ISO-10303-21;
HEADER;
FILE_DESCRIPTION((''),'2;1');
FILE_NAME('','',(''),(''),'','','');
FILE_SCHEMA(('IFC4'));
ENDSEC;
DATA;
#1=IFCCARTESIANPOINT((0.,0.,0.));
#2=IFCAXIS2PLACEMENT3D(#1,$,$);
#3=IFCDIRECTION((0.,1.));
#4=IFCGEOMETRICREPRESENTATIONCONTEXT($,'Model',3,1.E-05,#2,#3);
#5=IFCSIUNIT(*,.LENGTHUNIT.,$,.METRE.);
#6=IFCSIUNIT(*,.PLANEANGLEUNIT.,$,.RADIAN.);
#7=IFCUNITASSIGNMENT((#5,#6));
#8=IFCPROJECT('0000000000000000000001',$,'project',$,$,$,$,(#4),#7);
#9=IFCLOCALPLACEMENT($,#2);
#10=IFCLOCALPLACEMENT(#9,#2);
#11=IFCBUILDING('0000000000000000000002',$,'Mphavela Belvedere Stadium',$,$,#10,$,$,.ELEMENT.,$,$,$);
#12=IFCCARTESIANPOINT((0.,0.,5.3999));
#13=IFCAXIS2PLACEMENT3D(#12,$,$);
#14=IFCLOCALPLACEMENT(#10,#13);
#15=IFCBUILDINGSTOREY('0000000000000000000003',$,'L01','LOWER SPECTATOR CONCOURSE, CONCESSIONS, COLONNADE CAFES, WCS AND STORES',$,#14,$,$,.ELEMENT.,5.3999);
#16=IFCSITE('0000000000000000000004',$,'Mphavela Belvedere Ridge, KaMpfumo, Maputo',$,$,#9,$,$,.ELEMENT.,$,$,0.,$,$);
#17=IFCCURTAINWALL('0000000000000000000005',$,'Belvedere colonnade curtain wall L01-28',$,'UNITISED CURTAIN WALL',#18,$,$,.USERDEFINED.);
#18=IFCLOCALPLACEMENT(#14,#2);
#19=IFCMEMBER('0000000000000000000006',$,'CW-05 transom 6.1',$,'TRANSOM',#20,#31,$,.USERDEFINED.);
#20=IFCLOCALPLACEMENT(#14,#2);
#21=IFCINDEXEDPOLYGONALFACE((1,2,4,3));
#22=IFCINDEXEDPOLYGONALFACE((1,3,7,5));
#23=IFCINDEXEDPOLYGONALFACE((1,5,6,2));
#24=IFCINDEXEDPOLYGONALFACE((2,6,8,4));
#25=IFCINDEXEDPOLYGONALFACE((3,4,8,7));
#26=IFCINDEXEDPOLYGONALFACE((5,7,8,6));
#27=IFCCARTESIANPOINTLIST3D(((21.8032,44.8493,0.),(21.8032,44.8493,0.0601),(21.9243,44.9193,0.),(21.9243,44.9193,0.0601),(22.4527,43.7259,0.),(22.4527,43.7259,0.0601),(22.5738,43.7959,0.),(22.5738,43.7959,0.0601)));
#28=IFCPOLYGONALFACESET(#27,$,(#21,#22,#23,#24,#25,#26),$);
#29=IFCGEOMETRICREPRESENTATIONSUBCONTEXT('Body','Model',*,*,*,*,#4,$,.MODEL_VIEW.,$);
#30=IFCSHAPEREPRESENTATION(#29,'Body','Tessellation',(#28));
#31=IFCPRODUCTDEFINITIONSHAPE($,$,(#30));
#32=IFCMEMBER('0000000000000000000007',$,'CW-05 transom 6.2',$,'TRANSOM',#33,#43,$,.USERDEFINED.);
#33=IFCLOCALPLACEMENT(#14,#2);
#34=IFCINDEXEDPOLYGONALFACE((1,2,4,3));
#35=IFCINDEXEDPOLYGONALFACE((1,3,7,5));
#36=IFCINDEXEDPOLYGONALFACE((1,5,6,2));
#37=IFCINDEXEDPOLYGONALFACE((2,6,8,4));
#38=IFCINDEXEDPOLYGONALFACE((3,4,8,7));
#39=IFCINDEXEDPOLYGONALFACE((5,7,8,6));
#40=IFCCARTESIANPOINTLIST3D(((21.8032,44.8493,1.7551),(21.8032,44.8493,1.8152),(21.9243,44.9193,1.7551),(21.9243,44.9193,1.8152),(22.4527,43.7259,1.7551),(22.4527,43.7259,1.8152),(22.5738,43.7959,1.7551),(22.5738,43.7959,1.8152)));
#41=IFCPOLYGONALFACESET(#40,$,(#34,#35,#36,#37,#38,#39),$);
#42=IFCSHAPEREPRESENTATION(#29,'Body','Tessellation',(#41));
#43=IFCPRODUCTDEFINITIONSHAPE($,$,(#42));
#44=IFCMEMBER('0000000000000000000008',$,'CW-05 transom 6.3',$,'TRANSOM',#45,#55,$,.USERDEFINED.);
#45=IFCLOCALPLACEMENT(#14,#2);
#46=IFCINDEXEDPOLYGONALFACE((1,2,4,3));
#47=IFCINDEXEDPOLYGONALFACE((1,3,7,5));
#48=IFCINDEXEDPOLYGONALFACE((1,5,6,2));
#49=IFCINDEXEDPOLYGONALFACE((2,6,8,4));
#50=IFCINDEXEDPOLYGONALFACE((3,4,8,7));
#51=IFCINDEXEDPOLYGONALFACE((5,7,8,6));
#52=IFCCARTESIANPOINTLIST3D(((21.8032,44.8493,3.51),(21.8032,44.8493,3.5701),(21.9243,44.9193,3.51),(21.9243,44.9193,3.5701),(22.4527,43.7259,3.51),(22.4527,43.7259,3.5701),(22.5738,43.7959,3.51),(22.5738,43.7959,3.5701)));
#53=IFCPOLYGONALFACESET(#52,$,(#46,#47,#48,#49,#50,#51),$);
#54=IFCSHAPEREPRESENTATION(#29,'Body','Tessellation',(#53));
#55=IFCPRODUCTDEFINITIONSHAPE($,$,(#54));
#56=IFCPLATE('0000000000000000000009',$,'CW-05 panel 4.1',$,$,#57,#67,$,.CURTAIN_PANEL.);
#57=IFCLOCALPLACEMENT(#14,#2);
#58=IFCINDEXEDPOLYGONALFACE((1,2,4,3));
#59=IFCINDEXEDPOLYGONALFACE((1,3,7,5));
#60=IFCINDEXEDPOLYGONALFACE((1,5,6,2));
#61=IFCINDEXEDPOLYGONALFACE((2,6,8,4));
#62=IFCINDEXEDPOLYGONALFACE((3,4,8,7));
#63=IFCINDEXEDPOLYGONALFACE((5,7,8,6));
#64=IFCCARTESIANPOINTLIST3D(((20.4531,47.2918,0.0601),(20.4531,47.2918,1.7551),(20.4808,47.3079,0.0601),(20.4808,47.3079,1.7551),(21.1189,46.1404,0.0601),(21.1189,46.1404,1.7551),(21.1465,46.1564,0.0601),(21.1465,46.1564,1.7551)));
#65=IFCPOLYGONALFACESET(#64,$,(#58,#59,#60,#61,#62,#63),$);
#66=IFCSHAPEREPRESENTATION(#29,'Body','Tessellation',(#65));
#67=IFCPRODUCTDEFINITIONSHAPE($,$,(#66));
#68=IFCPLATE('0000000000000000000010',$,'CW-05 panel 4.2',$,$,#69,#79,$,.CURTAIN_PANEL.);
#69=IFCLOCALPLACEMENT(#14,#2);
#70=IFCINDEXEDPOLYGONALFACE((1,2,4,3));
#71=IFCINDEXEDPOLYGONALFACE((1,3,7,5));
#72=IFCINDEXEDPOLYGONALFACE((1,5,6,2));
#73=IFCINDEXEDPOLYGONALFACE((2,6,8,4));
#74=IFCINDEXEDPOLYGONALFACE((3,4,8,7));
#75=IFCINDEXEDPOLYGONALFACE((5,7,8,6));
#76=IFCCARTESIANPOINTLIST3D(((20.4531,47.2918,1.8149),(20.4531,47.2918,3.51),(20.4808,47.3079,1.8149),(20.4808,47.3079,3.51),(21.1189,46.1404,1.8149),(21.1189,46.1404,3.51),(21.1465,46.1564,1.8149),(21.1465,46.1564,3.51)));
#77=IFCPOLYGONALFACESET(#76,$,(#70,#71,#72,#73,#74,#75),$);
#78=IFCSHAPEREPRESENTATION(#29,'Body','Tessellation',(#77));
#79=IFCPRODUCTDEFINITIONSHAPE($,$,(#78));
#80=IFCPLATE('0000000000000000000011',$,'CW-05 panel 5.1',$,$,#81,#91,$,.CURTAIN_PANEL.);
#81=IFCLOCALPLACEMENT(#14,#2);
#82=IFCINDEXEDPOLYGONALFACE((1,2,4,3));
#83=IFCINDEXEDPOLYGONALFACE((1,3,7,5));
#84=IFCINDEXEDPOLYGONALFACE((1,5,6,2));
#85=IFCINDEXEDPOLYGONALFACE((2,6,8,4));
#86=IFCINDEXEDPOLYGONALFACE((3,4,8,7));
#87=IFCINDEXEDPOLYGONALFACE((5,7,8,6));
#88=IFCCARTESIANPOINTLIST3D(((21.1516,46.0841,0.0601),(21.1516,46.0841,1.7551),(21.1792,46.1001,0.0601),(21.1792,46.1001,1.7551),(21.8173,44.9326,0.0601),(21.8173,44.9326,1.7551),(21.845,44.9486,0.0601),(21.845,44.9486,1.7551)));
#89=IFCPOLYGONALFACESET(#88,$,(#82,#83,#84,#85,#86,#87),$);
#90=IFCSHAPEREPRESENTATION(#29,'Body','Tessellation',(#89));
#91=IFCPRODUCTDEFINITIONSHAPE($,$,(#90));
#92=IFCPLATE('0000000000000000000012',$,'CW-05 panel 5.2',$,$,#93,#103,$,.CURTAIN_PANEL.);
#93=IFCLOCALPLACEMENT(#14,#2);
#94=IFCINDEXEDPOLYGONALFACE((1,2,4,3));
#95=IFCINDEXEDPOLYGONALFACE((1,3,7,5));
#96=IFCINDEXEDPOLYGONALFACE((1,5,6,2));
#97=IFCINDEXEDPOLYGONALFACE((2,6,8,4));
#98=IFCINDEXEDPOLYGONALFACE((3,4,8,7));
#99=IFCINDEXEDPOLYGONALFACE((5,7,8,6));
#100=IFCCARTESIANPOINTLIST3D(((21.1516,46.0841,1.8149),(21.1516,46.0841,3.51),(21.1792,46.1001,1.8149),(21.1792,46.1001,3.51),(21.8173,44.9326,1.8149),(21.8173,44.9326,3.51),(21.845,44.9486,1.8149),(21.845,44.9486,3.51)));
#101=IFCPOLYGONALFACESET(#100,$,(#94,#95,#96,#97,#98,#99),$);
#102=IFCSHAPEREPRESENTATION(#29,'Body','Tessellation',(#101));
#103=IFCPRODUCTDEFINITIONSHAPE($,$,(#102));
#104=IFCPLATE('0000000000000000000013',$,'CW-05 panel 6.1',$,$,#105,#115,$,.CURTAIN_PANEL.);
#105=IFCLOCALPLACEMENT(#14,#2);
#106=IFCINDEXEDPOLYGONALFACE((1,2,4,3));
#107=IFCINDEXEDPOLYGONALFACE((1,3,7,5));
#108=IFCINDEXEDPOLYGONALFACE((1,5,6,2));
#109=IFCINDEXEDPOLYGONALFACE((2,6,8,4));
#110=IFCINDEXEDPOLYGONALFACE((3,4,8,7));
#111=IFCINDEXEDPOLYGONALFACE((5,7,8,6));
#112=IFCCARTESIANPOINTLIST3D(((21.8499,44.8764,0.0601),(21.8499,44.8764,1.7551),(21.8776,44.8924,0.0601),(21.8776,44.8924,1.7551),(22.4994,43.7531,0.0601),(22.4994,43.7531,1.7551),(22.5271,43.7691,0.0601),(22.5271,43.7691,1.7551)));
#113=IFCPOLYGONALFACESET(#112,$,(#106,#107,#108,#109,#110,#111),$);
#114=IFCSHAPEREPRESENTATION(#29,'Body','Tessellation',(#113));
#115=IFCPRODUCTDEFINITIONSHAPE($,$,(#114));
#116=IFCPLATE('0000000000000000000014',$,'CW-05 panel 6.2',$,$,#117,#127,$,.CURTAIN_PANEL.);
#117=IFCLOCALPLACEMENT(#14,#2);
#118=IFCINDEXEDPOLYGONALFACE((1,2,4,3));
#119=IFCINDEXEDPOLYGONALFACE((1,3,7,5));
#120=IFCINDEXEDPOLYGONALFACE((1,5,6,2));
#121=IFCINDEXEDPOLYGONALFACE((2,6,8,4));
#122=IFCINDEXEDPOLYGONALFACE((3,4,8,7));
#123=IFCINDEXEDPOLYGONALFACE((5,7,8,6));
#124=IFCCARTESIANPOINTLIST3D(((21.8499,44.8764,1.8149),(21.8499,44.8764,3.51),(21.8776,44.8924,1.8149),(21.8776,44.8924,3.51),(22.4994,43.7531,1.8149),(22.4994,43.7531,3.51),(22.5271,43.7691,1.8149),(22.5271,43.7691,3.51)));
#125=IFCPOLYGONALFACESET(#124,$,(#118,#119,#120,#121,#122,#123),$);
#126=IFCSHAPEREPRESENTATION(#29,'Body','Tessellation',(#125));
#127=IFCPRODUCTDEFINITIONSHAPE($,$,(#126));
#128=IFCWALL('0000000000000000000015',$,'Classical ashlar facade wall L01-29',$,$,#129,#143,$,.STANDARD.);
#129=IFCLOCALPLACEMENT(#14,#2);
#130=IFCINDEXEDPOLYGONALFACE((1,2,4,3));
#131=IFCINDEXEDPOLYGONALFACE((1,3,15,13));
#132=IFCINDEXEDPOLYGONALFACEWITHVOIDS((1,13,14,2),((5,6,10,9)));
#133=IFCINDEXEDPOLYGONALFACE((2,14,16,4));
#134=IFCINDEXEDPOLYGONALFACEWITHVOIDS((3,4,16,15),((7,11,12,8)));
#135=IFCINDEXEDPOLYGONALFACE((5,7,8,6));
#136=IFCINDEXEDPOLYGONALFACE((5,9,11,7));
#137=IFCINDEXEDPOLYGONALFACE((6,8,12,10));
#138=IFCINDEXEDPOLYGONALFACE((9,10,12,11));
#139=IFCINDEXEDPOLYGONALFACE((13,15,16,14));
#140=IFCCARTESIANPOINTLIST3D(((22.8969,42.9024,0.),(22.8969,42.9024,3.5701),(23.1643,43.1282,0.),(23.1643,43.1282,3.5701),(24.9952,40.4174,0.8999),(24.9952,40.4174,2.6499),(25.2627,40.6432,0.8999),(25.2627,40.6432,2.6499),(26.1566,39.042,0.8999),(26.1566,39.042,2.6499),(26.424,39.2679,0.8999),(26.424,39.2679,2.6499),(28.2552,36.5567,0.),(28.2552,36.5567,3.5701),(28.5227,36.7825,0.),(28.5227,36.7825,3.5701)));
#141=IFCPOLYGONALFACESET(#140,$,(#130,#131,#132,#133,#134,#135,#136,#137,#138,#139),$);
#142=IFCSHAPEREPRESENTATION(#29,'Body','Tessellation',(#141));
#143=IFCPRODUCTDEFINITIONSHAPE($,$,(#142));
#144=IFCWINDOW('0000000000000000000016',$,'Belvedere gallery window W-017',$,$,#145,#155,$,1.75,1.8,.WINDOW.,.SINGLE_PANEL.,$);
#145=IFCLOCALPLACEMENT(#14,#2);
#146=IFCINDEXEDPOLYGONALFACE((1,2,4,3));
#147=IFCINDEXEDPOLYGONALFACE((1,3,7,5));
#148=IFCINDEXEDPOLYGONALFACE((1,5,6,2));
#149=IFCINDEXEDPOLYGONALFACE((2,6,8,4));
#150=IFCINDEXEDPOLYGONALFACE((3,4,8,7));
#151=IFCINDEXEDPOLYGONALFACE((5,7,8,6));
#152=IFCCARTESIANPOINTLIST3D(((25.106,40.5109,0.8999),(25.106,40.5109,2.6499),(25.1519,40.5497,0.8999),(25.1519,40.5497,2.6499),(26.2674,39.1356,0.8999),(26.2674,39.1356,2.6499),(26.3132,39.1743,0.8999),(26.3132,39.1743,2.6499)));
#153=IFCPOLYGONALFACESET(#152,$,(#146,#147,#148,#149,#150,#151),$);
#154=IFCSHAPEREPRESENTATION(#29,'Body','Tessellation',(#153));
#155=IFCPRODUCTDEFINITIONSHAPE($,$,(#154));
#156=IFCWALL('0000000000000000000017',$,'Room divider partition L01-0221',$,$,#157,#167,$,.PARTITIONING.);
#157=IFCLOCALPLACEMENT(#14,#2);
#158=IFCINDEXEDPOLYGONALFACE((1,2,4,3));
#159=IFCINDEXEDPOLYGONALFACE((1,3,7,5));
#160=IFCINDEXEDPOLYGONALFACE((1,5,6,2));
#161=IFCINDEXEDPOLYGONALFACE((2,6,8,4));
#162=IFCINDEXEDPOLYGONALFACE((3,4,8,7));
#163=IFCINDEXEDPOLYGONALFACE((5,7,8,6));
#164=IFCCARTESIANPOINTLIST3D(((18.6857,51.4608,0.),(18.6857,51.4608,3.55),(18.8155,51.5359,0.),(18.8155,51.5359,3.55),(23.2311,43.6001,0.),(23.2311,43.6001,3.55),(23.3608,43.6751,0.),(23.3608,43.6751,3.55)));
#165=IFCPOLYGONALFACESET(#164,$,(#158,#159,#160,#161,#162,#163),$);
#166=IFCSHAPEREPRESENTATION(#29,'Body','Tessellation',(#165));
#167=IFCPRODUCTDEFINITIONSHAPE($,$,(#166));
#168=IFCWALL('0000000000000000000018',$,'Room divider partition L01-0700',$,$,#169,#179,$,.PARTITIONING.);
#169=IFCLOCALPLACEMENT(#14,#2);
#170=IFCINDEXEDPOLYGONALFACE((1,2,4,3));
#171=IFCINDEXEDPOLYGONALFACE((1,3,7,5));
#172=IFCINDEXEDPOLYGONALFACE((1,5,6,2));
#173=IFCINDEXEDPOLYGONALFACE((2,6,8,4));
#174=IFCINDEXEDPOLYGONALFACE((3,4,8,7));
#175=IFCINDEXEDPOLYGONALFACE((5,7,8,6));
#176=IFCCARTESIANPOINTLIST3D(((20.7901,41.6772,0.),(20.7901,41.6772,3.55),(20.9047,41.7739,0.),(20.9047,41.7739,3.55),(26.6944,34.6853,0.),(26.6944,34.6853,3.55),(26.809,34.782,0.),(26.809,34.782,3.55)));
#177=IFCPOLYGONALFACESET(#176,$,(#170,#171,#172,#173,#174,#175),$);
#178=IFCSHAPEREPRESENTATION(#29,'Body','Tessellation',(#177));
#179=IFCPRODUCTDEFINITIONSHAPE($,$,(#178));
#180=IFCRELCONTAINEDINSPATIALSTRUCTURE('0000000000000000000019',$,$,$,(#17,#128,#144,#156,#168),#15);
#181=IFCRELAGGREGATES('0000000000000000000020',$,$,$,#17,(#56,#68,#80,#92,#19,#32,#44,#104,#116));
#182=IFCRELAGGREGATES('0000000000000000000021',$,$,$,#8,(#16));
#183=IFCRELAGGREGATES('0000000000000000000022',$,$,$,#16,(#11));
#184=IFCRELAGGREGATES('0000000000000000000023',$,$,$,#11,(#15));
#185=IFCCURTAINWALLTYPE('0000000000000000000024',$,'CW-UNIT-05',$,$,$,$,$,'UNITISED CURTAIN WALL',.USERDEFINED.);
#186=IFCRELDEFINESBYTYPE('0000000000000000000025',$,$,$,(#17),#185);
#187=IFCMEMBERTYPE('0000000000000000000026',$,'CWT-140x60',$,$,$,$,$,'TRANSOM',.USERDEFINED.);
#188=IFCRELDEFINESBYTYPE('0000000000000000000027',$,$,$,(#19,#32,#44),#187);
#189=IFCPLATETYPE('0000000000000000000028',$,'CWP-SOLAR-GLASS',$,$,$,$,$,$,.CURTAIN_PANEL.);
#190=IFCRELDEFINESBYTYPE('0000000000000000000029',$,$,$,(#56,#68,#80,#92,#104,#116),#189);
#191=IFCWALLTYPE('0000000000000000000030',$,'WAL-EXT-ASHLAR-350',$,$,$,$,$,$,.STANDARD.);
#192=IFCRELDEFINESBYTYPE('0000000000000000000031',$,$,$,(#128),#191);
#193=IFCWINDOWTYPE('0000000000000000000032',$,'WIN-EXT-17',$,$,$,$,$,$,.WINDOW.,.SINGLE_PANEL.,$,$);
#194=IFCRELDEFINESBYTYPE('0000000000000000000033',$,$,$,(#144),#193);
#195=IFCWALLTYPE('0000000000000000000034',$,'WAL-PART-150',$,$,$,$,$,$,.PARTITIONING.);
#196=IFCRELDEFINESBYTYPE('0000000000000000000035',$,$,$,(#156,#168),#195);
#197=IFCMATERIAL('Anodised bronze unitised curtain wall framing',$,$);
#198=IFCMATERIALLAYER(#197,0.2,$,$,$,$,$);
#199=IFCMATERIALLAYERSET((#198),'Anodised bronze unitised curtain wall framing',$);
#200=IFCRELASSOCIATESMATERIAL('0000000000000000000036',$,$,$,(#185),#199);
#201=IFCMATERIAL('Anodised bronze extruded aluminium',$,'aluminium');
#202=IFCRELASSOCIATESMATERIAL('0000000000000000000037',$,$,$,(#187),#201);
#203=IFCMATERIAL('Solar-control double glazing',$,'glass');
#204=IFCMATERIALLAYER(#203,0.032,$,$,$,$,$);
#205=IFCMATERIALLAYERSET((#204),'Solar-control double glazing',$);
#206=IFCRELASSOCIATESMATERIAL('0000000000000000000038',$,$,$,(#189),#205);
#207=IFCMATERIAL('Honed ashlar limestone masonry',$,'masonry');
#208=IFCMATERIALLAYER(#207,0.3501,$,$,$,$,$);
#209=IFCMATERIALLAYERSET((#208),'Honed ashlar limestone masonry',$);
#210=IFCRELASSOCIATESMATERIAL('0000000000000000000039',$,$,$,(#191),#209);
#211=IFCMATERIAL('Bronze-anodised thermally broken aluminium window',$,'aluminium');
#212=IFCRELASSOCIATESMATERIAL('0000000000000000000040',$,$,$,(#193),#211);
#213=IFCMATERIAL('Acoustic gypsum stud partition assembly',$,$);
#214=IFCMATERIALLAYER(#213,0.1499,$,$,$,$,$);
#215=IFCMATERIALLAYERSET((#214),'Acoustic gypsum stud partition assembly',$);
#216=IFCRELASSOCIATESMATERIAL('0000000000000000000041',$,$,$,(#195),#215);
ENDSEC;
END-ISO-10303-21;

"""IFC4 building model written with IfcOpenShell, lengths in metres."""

from ifc_helpers import new_model, si_unit, direction, frame, frame_2d, origin, origin_2d, place, context, subcontext, project, spatial, rectangle, extrude, material, layer, layer_set, material_profile, profile_set, type_object, element, fill, aggregate, save


model = new_model("IFC4")

# Units and contexts
model_context = context("Model", 3, precision=1e-05, world=origin(), true_north=direction((0.0, 1.0)))
body_context = subcontext(model_context, "Body", "Model", "MODEL_VIEW")
ifc_project = project(units=[si_unit("LENGTHUNIT", "METRE"), si_unit("PLANEANGLEUNIT", "RADIAN")], contexts=[model_context])

# Site, building, storey
site_placement = place(None, origin())
site = spatial("IfcSite", under=ifc_project, at=site_placement, Name="Mphavela Belvedere Ridge, KaMpfumo, Maputo", CompositionType="ELEMENT", RefElevation=0.0)
building_placement = place(site_placement, origin())
building = spatial("IfcBuilding", under=site, at=building_placement, Name="Mphavela Belvedere Stadium", CompositionType="ELEMENT")
storey_placement = place(building_placement, frame((0.0, 0.0, 5.3999)))
storey = spatial("IfcBuildingStorey", under=building, at=storey_placement, Name="L01", Description="LOWER SPECTATOR CONCOURSE, CONCESSIONS, COLONNADE CAFES, WCS AND STORES", CompositionType="ELEMENT", Elevation=5.3999)

# Curtain wall, members, plates
ifc_material_1 = material(Name="Anodised bronze unitised curtain wall framing")
ifc_layer_1 = layer(ifc_material_1, 0.2)
ifc_layer_set_1 = layer_set([ifc_layer_1], Name="Anodised bronze unitised curtain wall framing")
curtain_wall_type = type_object("IfcCurtainWallType", Name="CW-UNIT-05", ElementType="UNITISED CURTAIN WALL", PredefinedType="USERDEFINED", material=ifc_layer_set_1)
curtain_wall_placement = place(storey_placement, origin())
curtain_wall = element("IfcCurtainWall", 1, at=curtain_wall_placement, inside=storey, type_object=curtain_wall_type, Name="Belvedere colonnade curtain wall L01-28", ObjectType="UNITISED CURTAIN WALL", PredefinedType="USERDEFINED")
ifc_material_2 = material(Name="Anodised bronze extruded aluminium", Category="aluminium")
ifc_material_profile_1 = material_profile(ifc_material_2, rectangle(XDim=0.1399, YDim=0.0601, at=origin_2d()), Name="CW-TRN 140x60")
ifc_profile_set_1 = profile_set([ifc_material_profile_1], Name="Anodised bronze extruded aluminium")
member_type_1 = type_object("IfcMemberType", Name="CWT-140x60", ElementType="TRANSOM", PredefinedType="USERDEFINED", material=ifc_profile_set_1)
member_1_placement = place(storey_placement, frame((21.8638, 44.8843, 0.03), z_axis=(0.50051, -0.865731, 0.0), x_axis=(0.865731, 0.50051, 0.0)))
member_1 = element("IfcMember", 2, at=member_1_placement, type_object=member_type_1, Name="CW-05 transom 6.1", ObjectType="TRANSOM", PredefinedType="USERDEFINED", context=body_context, shape_type="SweptSolid", body=[
    extrude(rectangle(XDim=0.1399, YDim=0.0601, at=origin_2d()), origin(), (0.0, 0.0, 1.0), 1.2976),
])
member_2_placement = place(storey_placement, frame((21.8638, 44.8843, 1.7852), z_axis=(0.50051, -0.865731, 0.0), x_axis=(0.865731, 0.50051, 0.0)))
member_2 = element("IfcMember", 3, at=member_2_placement, type_object=member_type_1, Name="CW-05 transom 6.2", ObjectType="TRANSOM", PredefinedType="USERDEFINED", context=body_context, shape_type="SweptSolid", body=[
    extrude(rectangle(XDim=0.1399, YDim=0.0601, at=origin_2d()), origin(), (0.0, 0.0, 1.0), 1.2976),
])
member_3_placement = place(storey_placement, frame((21.8638, 44.8843, 3.54), z_axis=(0.50051, -0.865731, 0.0), x_axis=(0.865731, 0.50051, 0.0)))
member_3 = element("IfcMember", 4, at=member_3_placement, type_object=member_type_1, Name="CW-05 transom 6.3", ObjectType="TRANSOM", PredefinedType="USERDEFINED", context=body_context, shape_type="SweptSolid", body=[
    extrude(rectangle(XDim=0.1399, YDim=0.0601, at=origin_2d()), origin(), (0.0, 0.0, 1.0), 1.2976),
])
ifc_material_3 = material(Name="Solar-control double glazing", Category="glass")
ifc_layer_2 = layer(ifc_material_3, 0.032)
ifc_layer_set_2 = layer_set([ifc_layer_2], Name="Solar-control double glazing")
plate_type = type_object("IfcPlateType", Name="CWP-SOLAR-GLASS", PredefinedType="CURTAIN_PANEL", material=ifc_layer_set_2)
plate_1_placement = place(storey_placement, frame((20.7998, 46.7241, 0.0601), z_axis=(0.0, 0.0, 1.0), x_axis=(0.500561, -0.865702, 0.0)))
plate_1 = element("IfcPlate", 5, at=plate_1_placement, type_object=plate_type, Name="CW-05 panel 4.1", PredefinedType="CURTAIN_PANEL", context=body_context, shape_type="SweptSolid", body=[
    extrude(rectangle(XDim=1.3301, YDim=0.032, at=origin_2d()), origin(), (0.0, 0.0, 1.0), 1.6951),
])
plate_2_placement = place(storey_placement, frame((20.7998, 46.7241, 1.8149), z_axis=(0.0, 0.0, 1.0), x_axis=(0.500561, -0.865702, 0.0)))
plate_2 = element("IfcPlate", 6, at=plate_2_placement, type_object=plate_type, Name="CW-05 panel 4.2", PredefinedType="CURTAIN_PANEL", context=body_context, shape_type="SweptSolid", body=[
    extrude(rectangle(XDim=1.3301, YDim=0.032, at=origin_2d()), origin(), (0.0, 0.0, 1.0), 1.6951),
])
plate_3_placement = place(storey_placement, frame((21.4983, 45.5164, 0.0601), z_axis=(0.0, 0.0, 1.0), x_axis=(0.500561, -0.865702, 0.0)))
plate_3 = element("IfcPlate", 7, at=plate_3_placement, type_object=plate_type, Name="CW-05 panel 5.1", PredefinedType="CURTAIN_PANEL", context=body_context, shape_type="SweptSolid", body=[
    extrude(rectangle(XDim=1.3301, YDim=0.032, at=origin_2d()), origin(), (0.0, 0.0, 1.0), 1.6951),
])
plate_4_placement = place(storey_placement, frame((21.4983, 45.5164, 1.8149), z_axis=(0.0, 0.0, 1.0), x_axis=(0.500561, -0.865702, 0.0)))
plate_4 = element("IfcPlate", 8, at=plate_4_placement, type_object=plate_type, Name="CW-05 panel 5.2", PredefinedType="CURTAIN_PANEL", context=body_context, shape_type="SweptSolid", body=[
    extrude(rectangle(XDim=1.3301, YDim=0.032, at=origin_2d()), origin(), (0.0, 0.0, 1.0), 1.6951),
])
plate_5_placement = place(storey_placement, frame((22.1885, 44.3228, 0.0601), z_axis=(0.0, 0.0, 1.0), x_axis=(0.500561, -0.865702, 0.0)))
plate_5 = element("IfcPlate", 9, at=plate_5_placement, type_object=plate_type, Name="CW-05 panel 6.1", PredefinedType="CURTAIN_PANEL", context=body_context, shape_type="SweptSolid", body=[
    extrude(rectangle(XDim=1.2976, YDim=0.032, at=origin_2d()), origin(), (0.0, 0.0, 1.0), 1.6951),
])
plate_6_placement = place(storey_placement, frame((22.1885, 44.3228, 1.8149), z_axis=(0.0, 0.0, 1.0), x_axis=(0.500561, -0.865702, 0.0)))
plate_6 = element("IfcPlate", 10, at=plate_6_placement, type_object=plate_type, Name="CW-05 panel 6.2", PredefinedType="CURTAIN_PANEL", context=body_context, shape_type="SweptSolid", body=[
    extrude(rectangle(XDim=1.2976, YDim=0.032, at=origin_2d()), origin(), (0.0, 0.0, 1.0), 1.6951),
])
aggregate(curtain_wall, [plate_1, plate_2, plate_3, plate_4, member_1, member_2, member_3, plate_5, plate_6])

# Wall, opening, window
ifc_material_4 = material(Name="Honed ashlar limestone masonry", Category="masonry")
ifc_layer_3 = layer(ifc_material_4, 0.3501)
ifc_layer_set_3 = layer_set([ifc_layer_3], Name="Honed ashlar limestone masonry")
wall_type_1 = type_object("IfcWallType", Name="WAL-EXT-ASHLAR-350", PredefinedType="STANDARD", material=ifc_layer_set_3)
wall_1_placement = place(storey_placement, frame((23.0305, 43.0154, 0.0), z_axis=(0.0, 0.0, 1.0), x_axis=(0.645167, -0.764042, 0.0)))
wall_1 = element("IfcWall", 11, at=wall_1_placement, inside=storey, type_object=wall_type_1, Name="Classical ashlar facade wall L01-29", PredefinedType="STANDARD", context=body_context, shape_type="SweptSolid", body=[
    extrude(rectangle(XDim=8.3054, YDim=0.3501, at=frame_2d((4.1528, 0.0))), origin(), (0.0, 0.0, 1.0), 3.5701),
])
opening_placement = place(wall_1_placement, frame((3.2527, 0.0, 0.8999)))
opening = element("IfcOpeningElement", 12, at=opening_placement, cuts=wall_1, PredefinedType="OPENING", context=body_context, shape_type="SweptSolid", body=[
    extrude(rectangle(XDim=1.8, YDim=1.75, at=frame_2d((0.8999, 0.875))), frame((0.0, 0.1851, 0.0), z_axis=(0.0, -1.0, 0.0), x_axis=(1.0, 0.0, 0.0)), (0.0, 0.0, 1.0), 0.3701),
])
ifc_material_5 = material(Name="Bronze-anodised thermally broken aluminium window", Category="aluminium")
window_type = type_object("IfcWindowType", Name="WIN-EXT-17", PartitioningType="SINGLE_PANEL", PredefinedType="WINDOW", material=ifc_material_5)
window_placement = place(opening_placement, origin())
window = element("IfcWindow", 13, at=window_placement, inside=storey, type_object=window_type, Name="Belvedere gallery window W-017", OverallHeight=1.75, OverallWidth=1.8, PartitioningType="SINGLE_PANEL", PredefinedType="WINDOW", context=body_context, shape_type="SweptSolid", body=[
    extrude(rectangle(XDim=1.8, YDim=1.75, at=frame_2d((0.8999, 0.875))), frame((0.0, 0.03, 0.0), z_axis=(0.0, -1.0, 0.0), x_axis=(1.0, 0.0, 0.0)), (0.0, 0.0, 1.0), 0.0601),
])
fill(opening, window)

# Walls
ifc_material_6 = material(Name="Acoustic gypsum stud partition assembly")
ifc_layer_4 = layer(ifc_material_6, 0.1499)
ifc_layer_set_4 = layer_set([ifc_layer_4], Name="Acoustic gypsum stud partition assembly")
wall_type_2 = type_object("IfcWallType", Name="WAL-PART-150", PredefinedType="PARTITIONING", material=ifc_layer_set_4)
wall_2_placement = place(storey_placement, frame((23.2959, 43.6377, 0.0), z_axis=(0.0, 0.0, 1.0), x_axis=(-0.500574, 0.865694, 0.0)))
element("IfcWall", 14, at=wall_2_placement, inside=storey, type_object=wall_type_2, Name="Room divider partition L01-0221", PredefinedType="PARTITIONING", context=body_context, shape_type="SweptSolid", body=[
    extrude(rectangle(XDim=9.0803, YDim=0.1499, at=frame_2d((4.54, 0.0))), origin(), (0.0, 0.0, 1.0), 3.55),
])
wall_3_placement = place(storey_placement, frame((20.8474, 41.7256, 0.0), z_axis=(0.0, 0.0, 1.0), x_axis=(0.64518, -0.764031, 0.0)))
element("IfcWall", 15, at=wall_3_placement, inside=storey, type_object=wall_type_2, Name="Room divider partition L01-0700", PredefinedType="PARTITIONING", context=body_context, shape_type="SweptSolid", body=[
    extrude(rectangle(XDim=9.1514, YDim=0.1499, at=frame_2d((4.5757, 0.0))), origin(), (0.0, 0.0, 1.0), 3.55),
])

save(model, "model.ifc")
